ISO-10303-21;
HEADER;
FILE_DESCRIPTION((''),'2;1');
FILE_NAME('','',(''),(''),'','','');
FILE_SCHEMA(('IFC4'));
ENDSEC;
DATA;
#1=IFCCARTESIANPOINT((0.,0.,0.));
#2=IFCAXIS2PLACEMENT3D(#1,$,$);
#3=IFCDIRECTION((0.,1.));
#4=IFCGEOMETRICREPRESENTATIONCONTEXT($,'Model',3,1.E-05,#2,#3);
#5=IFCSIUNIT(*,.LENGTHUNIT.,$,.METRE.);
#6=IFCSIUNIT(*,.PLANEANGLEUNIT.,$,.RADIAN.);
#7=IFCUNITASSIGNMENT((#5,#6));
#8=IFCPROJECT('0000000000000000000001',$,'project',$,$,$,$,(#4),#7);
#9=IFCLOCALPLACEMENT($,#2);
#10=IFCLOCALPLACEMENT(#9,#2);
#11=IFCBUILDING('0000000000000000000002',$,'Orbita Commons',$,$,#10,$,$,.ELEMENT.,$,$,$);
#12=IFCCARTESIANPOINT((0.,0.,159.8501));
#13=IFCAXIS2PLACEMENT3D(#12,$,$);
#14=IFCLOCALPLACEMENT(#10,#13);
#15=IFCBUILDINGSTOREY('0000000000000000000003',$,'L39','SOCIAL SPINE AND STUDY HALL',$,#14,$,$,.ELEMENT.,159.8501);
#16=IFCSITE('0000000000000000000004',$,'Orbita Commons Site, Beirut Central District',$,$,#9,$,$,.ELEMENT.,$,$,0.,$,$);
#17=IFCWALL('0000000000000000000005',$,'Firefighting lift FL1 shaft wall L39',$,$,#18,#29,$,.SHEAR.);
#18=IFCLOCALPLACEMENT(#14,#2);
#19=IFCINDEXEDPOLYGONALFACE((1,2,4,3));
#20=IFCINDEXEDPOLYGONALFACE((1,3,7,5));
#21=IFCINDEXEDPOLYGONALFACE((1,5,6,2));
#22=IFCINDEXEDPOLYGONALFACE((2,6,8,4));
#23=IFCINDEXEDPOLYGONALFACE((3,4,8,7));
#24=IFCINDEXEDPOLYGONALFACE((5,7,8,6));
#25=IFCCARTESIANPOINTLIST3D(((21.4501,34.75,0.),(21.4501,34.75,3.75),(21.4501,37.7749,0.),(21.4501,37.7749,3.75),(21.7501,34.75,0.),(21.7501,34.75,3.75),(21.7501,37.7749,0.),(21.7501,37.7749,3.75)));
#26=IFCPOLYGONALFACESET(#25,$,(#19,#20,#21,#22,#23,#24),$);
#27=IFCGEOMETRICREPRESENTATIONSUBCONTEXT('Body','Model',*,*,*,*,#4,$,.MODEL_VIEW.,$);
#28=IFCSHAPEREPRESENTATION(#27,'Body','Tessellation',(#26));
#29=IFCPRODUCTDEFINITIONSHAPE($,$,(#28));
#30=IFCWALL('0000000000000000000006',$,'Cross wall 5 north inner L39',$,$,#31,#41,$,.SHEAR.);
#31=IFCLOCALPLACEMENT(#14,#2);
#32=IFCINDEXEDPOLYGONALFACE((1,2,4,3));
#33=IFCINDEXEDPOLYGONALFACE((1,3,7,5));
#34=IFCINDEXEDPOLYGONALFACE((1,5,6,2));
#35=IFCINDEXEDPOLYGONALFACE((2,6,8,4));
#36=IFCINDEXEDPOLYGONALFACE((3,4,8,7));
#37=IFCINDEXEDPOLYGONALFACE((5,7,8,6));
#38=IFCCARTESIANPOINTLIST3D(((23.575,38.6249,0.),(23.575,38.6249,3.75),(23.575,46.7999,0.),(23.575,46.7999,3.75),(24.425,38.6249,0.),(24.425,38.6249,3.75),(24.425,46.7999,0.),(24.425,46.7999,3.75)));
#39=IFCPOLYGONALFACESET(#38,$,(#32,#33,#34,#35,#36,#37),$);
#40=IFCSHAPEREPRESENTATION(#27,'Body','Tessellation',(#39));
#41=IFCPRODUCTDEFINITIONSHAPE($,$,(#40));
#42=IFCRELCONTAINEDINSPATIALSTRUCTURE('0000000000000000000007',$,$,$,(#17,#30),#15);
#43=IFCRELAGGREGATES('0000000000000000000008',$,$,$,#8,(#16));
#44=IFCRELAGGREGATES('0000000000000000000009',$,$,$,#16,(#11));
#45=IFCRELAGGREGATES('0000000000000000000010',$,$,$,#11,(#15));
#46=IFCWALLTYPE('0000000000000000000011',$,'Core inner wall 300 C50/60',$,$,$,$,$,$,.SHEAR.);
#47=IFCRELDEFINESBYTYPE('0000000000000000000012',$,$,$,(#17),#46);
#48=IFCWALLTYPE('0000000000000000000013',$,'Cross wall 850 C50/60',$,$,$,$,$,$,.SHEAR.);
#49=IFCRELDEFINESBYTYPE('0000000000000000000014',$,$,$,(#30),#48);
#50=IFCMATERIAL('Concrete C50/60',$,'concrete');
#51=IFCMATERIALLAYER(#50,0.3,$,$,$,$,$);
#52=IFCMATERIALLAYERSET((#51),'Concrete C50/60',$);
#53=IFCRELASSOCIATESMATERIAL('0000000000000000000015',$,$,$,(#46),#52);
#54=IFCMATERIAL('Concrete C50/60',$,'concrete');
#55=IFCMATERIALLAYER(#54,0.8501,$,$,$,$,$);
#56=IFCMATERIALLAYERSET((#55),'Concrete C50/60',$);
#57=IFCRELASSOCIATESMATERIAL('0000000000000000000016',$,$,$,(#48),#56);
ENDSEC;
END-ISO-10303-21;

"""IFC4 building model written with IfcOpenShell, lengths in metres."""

from ifc_helpers import new_model, si_unit, direction, frame, frame_2d, origin, place, context, subcontext, project, spatial, rectangle, extrude, material, layer, layer_set, type_object, element, save


model = new_model("IFC4")

# Units and contexts
model_context = context("Model", 3, precision=1e-05, world=origin(), true_north=direction((0.0, 1.0)))
body_context = subcontext(model_context, "Body", "Model", "MODEL_VIEW")
ifc_project = project(units=[si_unit("LENGTHUNIT", "METRE"), si_unit("PLANEANGLEUNIT", "RADIAN")], contexts=[model_context])

# Site, building, storey
site_placement = place(None, origin())
site = spatial("IfcSite", under=ifc_project, at=site_placement, Name="Orbita Commons Site, Beirut Central District", CompositionType="ELEMENT", RefElevation=0.0)
building_placement = place(site_placement, origin())
building = spatial("IfcBuilding", under=site, at=building_placement, Name="Orbita Commons", CompositionType="ELEMENT")
storey_placement = place(building_placement, frame((0.0, 0.0, 159.8501)))
storey = spatial("IfcBuildingStorey", under=building, at=storey_placement, Name="L39", Description="SOCIAL SPINE AND STUDY HALL", CompositionType="ELEMENT", Elevation=159.8501)

# Shared definitions
ifc_material_1 = material(Name="Concrete C50/60", Category="concrete")
ifc_layer_1 = layer(ifc_material_1, 0.3)
ifc_layer_set_1 = layer_set([ifc_layer_1], Name="Concrete C50/60")
wall_type_1 = type_object("IfcWallType", Name="Core inner wall 300 C50/60", PredefinedType="SHEAR", material=ifc_layer_set_1)

# Walls
wall_1_placement = place(storey_placement, frame((21.6001, 34.75, 0.0), z_axis=(0.0, 0.0, 1.0), x_axis=(0.0, 1.0, 0.0)))
element("IfcWall", 1, at=wall_1_placement, inside=storey, type_object=wall_type_1, Name="Firefighting lift FL1 shaft wall L39", PredefinedType="SHEAR", context=body_context, shape_type="SweptSolid", body=[
    extrude(rectangle(XDim=3.0249, YDim=0.3, at=frame_2d((1.5125, 0.0))), origin(), (0.0, 0.0, 1.0), 3.75),
])
ifc_material_2 = material(Name="Concrete C50/60", Category="concrete")
ifc_layer_2 = layer(ifc_material_2, 0.8501)
ifc_layer_set_2 = layer_set([ifc_layer_2], Name="Concrete C50/60")
wall_type_2 = type_object("IfcWallType", Name="Cross wall 850 C50/60", PredefinedType="SHEAR", material=ifc_layer_set_2)
wall_2_placement = place(storey_placement, frame((24.0, 38.625, 0.0), z_axis=(0.0, 0.0, 1.0), x_axis=(0.0, 1.0, 0.0)))
element("IfcWall", 2, at=wall_2_placement, inside=storey, type_object=wall_type_2, Name="Cross wall 5 north inner L39", PredefinedType="SHEAR", context=body_context, shape_type="SweptSolid", body=[
    extrude(rectangle(XDim=8.175, YDim=0.8501, at=frame_2d((4.0874, 0.0))), origin(), (0.0, 0.0, 1.0), 3.75),
])

save(model, "model.ifc")
